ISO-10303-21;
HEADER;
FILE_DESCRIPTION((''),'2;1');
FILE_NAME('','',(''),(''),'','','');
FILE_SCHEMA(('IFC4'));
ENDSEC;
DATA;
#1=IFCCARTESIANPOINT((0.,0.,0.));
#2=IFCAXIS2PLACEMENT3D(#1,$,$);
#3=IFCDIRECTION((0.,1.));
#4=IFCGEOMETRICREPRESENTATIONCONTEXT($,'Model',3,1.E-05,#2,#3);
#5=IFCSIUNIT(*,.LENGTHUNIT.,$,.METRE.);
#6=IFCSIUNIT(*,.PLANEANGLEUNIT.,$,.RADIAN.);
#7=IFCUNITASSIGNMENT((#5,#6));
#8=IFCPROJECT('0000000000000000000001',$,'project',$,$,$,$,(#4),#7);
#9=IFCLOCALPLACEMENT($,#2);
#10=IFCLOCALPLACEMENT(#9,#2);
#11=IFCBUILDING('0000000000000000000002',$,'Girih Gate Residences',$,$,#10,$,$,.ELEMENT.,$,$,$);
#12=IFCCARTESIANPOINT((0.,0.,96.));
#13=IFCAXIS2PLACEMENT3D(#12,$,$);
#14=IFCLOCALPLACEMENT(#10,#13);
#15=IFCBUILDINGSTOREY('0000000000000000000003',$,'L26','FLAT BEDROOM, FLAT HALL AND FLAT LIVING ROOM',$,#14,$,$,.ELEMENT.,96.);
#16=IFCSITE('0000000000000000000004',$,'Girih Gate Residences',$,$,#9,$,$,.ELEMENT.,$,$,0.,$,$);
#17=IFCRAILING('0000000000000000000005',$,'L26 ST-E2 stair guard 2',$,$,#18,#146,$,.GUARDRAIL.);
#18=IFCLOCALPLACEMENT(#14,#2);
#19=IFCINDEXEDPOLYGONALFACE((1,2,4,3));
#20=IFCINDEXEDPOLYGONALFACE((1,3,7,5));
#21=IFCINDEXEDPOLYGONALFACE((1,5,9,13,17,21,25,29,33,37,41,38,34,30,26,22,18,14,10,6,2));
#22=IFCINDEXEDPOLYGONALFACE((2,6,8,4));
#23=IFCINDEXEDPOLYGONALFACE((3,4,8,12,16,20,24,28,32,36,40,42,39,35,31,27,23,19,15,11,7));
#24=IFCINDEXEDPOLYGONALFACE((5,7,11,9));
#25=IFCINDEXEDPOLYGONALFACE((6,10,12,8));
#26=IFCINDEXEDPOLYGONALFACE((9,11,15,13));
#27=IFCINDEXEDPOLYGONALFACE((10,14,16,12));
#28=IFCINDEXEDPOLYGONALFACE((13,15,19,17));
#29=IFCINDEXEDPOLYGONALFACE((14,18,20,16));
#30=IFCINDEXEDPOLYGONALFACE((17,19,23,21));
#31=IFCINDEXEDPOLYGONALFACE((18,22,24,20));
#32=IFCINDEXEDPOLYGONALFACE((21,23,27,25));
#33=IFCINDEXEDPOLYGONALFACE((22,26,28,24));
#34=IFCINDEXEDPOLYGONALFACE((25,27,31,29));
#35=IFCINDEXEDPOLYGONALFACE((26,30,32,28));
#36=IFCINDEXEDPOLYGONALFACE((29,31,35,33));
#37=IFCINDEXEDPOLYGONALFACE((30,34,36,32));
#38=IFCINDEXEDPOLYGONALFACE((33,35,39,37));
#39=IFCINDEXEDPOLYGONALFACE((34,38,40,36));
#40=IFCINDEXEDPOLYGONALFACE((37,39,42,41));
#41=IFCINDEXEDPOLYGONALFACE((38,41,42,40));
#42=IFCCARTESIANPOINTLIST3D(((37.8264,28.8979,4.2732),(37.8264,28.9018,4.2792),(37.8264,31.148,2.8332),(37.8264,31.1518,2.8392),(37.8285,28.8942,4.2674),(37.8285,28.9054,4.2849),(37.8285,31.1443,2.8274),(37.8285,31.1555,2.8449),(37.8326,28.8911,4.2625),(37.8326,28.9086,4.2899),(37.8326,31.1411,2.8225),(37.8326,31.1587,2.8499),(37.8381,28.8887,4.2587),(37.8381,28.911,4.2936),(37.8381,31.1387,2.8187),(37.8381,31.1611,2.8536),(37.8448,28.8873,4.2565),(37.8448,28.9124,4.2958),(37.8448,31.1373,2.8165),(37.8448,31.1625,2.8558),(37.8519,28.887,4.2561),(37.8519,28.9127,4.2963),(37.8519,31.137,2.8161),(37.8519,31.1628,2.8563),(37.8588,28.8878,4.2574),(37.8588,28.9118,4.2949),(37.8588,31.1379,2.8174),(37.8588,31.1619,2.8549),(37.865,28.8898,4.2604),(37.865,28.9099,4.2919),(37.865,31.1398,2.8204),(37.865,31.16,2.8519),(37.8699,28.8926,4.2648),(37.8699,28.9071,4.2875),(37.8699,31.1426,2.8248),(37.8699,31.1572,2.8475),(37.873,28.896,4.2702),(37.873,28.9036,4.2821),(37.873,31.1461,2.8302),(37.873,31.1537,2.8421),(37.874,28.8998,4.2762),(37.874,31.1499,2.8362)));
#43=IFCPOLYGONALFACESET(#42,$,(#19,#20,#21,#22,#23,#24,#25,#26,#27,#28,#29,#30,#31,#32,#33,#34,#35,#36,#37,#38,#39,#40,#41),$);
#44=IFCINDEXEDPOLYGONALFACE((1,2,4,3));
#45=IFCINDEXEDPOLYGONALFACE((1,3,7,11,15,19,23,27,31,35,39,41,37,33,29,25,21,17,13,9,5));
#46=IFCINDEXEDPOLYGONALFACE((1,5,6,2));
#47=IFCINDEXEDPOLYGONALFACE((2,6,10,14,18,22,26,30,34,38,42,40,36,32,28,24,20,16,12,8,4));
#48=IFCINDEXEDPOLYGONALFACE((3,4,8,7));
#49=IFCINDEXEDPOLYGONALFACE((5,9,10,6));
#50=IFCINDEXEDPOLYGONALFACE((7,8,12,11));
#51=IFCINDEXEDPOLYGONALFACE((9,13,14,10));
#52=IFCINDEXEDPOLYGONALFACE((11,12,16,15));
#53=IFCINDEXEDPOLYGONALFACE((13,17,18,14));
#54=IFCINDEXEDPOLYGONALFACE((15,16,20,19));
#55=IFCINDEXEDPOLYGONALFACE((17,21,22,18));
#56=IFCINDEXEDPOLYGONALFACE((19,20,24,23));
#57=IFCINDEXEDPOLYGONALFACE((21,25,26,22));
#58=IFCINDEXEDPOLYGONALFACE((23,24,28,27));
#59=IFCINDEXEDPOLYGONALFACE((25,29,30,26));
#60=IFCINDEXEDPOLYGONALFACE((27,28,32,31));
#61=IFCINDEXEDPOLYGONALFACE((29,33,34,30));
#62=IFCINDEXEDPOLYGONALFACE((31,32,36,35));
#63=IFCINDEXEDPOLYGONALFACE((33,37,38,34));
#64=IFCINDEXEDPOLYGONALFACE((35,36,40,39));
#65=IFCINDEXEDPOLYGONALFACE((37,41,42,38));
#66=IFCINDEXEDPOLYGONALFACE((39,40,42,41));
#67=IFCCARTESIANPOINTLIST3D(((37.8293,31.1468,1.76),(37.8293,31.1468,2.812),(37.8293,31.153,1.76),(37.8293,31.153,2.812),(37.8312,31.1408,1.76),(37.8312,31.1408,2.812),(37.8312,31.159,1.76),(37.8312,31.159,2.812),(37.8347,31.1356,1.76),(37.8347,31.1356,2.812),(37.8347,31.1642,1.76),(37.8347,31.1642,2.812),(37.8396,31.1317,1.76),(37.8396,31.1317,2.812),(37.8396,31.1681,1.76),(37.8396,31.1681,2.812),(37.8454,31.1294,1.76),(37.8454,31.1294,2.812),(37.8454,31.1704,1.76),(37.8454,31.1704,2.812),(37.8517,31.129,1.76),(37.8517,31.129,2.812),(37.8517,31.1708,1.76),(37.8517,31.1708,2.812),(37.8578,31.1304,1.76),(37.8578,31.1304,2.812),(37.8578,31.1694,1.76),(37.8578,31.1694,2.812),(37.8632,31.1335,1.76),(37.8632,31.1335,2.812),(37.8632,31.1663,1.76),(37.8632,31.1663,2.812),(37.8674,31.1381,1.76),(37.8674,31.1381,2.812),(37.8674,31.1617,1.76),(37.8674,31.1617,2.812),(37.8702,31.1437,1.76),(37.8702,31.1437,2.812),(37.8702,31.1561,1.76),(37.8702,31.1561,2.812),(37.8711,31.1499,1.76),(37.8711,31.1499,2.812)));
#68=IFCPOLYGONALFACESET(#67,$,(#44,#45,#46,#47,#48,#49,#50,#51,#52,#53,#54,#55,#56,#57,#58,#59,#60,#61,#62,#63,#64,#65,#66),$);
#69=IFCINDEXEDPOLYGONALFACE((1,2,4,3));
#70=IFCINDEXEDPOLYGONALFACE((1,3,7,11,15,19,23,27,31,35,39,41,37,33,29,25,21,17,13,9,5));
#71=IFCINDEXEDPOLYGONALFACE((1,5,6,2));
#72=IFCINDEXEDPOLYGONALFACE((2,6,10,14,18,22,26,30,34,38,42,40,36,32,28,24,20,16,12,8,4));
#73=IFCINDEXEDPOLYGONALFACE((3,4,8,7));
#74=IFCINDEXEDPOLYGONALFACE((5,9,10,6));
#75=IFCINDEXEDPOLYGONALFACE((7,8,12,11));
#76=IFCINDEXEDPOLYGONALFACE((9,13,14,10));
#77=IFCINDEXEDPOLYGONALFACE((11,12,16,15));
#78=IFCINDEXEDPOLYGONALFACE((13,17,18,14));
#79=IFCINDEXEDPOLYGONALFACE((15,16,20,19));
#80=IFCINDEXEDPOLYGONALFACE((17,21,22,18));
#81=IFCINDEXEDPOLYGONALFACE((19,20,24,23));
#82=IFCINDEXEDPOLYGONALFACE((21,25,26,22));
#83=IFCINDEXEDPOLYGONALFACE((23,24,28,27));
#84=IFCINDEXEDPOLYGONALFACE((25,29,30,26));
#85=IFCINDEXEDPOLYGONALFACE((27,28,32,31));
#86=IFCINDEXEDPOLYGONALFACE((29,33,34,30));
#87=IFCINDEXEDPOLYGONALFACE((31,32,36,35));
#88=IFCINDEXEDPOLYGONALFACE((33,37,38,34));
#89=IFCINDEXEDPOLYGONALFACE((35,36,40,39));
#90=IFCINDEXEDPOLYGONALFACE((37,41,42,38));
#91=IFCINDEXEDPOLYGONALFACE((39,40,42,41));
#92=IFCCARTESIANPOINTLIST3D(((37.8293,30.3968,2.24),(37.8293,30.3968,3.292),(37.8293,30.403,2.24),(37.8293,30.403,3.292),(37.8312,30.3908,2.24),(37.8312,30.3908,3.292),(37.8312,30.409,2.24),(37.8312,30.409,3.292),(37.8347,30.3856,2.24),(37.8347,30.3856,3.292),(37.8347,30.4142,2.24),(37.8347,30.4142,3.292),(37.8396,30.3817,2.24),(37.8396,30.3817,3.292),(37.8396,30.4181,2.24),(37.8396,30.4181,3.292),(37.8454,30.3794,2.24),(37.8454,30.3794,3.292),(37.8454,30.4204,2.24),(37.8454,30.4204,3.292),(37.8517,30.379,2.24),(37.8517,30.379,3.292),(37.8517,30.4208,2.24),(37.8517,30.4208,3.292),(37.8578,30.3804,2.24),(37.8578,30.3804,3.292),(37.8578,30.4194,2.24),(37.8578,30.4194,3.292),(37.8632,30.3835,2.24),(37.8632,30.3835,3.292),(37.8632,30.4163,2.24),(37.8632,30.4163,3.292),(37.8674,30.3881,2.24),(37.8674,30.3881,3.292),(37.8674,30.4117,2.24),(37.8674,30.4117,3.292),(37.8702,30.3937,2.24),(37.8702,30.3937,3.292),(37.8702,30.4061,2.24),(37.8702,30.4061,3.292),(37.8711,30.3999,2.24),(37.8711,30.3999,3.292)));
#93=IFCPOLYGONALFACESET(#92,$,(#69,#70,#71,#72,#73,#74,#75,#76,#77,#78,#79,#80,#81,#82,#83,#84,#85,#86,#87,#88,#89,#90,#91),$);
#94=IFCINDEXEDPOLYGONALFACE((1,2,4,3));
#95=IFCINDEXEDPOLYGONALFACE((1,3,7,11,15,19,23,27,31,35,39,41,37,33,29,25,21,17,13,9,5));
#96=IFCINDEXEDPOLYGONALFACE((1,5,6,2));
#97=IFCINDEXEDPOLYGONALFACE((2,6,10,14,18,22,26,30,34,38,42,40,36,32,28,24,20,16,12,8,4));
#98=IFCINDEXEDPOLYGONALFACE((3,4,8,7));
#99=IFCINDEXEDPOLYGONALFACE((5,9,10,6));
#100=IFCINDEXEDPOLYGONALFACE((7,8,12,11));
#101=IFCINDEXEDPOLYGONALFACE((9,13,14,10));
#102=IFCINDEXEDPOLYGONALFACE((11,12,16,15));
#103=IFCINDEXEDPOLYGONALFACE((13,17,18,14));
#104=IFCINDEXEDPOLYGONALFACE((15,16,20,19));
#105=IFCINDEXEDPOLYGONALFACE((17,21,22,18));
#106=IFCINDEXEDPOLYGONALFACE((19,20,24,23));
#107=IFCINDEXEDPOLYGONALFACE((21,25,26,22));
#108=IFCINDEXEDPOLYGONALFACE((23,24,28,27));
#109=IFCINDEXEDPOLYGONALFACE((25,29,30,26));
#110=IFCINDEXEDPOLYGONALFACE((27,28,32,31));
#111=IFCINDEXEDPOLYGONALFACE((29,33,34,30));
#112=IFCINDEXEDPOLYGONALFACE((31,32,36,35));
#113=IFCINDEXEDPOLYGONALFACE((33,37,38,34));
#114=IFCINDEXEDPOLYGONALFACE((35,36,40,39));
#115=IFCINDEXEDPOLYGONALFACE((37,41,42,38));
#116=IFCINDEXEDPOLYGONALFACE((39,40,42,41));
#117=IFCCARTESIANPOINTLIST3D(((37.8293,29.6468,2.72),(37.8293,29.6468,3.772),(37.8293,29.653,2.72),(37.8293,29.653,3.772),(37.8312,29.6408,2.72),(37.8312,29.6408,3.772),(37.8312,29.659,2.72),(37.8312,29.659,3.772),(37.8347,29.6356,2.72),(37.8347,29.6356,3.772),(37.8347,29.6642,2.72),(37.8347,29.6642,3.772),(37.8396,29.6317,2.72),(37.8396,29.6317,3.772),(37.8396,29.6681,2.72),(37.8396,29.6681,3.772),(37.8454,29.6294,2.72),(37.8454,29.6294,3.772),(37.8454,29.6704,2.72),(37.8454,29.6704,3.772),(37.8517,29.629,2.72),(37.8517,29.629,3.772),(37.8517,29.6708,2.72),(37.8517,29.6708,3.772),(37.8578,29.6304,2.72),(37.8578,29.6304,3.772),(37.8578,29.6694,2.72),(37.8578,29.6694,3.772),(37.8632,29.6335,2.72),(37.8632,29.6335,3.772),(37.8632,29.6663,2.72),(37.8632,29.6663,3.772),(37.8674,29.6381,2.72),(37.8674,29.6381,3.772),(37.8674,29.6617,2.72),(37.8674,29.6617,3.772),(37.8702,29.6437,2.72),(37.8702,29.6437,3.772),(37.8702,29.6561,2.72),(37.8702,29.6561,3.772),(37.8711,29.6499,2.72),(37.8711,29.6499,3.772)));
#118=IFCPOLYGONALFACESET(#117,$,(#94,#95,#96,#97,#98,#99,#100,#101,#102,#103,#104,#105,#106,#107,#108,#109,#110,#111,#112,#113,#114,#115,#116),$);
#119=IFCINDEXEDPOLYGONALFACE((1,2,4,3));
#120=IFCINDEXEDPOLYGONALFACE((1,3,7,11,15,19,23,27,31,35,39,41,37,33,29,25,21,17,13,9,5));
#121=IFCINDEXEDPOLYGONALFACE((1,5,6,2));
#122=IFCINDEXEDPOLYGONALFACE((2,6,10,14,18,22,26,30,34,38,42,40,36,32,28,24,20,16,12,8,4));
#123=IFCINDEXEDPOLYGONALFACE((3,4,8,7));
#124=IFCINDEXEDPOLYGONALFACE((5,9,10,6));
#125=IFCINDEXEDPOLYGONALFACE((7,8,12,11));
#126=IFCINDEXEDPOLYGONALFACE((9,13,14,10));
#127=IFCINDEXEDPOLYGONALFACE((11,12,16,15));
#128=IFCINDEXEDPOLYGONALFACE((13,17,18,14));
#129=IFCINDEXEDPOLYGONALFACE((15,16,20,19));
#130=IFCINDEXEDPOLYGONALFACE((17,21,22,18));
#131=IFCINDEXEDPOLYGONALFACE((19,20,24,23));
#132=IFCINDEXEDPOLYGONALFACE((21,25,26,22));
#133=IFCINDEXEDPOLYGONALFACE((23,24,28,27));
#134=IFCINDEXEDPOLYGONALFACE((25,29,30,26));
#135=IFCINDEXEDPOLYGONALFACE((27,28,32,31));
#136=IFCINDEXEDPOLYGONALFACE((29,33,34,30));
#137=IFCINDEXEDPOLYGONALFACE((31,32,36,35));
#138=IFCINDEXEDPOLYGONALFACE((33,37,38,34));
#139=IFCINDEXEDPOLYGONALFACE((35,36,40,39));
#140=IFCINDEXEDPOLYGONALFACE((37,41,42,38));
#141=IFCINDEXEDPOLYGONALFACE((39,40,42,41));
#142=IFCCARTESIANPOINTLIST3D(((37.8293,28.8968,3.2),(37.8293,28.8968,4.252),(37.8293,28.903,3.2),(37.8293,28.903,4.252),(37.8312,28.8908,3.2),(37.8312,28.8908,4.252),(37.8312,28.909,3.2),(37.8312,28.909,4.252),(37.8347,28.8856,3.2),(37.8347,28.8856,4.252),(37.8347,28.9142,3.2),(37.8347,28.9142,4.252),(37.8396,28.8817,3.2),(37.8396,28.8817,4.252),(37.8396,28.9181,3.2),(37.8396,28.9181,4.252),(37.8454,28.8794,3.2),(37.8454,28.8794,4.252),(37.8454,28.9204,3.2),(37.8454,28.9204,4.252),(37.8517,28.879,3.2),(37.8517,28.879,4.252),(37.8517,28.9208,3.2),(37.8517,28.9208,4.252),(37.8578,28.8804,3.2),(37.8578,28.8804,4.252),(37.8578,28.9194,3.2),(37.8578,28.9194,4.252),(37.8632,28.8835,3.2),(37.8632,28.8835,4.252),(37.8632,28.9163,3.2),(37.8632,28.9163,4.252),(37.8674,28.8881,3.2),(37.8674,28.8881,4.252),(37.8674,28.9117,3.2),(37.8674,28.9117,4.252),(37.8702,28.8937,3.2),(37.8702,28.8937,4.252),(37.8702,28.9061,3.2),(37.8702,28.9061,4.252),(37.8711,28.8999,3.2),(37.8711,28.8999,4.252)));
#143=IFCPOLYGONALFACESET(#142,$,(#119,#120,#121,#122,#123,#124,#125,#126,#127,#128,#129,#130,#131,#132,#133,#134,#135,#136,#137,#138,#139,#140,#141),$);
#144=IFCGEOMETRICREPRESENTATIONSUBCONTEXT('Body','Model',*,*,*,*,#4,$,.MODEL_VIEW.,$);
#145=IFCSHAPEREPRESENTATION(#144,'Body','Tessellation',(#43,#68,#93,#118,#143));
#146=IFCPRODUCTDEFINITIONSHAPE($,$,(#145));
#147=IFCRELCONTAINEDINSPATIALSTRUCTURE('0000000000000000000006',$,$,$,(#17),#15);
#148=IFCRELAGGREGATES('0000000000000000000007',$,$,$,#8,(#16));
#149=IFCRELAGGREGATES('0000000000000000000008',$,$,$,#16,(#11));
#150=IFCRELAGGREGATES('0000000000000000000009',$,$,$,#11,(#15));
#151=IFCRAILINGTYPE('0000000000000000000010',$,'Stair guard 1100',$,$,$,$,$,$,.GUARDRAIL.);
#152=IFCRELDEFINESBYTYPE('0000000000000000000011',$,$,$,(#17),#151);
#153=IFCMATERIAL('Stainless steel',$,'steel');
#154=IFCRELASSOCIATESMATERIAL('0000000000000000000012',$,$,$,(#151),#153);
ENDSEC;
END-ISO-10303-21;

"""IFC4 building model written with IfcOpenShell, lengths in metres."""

from ifc_helpers import new_model, si_unit, direction, frame, origin, origin_2d, place, context, subcontext, project, spatial, circle, extrude, material, type_object, element, save


model = new_model("IFC4")

# Units and contexts
model_context = context("Model", 3, precision=1e-05, world=origin(), true_north=direction((0.0, 1.0)))
body_context = subcontext(model_context, "Body", "Model", "MODEL_VIEW")
ifc_project = project(units=[si_unit("LENGTHUNIT", "METRE"), si_unit("PLANEANGLEUNIT", "RADIAN")], contexts=[model_context])

# Site, building, storey
site_placement = place(None, origin())
site = spatial("IfcSite", under=ifc_project, at=site_placement, Name="Girih Gate Residences", CompositionType="ELEMENT", RefElevation=0.0)
building_placement = place(site_placement, origin())
building = spatial("IfcBuilding", under=site, at=building_placement, Name="Girih Gate Residences", CompositionType="ELEMENT")
storey_placement = place(building_placement, frame((0.0, 0.0, 96.0)))
storey = spatial("IfcBuildingStorey", under=building, at=storey_placement, Name="L26", Description="FLAT BEDROOM, FLAT HALL AND FLAT LIVING ROOM", CompositionType="ELEMENT", Elevation=96.0)

# Shared definitions
ifc_material_1 = material(Name="Stainless steel", Category="steel")

# Railing
railing_type_1 = type_object("IfcRailingType", Name="Stair guard 1100", PredefinedType="GUARDRAIL", material=ifc_material_1)
railing_1_placement = place(storey_placement, frame((37.8501, 31.1499, 1.76)))
element("IfcRailing", 1, at=railing_1_placement, inside=storey, type_object=railing_type_1, Name="L26 ST-E2 stair guard 2", PredefinedType="GUARDRAIL", context=body_context, shape_type="SweptSolid", body=[
    extrude(circle(Radius=0.0239, at=origin_2d()), frame((0.0, 0.0, 1.0762), z_axis=(0.0, -0.842281, 0.539038), x_axis=(1.0, 0.0, 0.0)), (0.0, 0.0, 1.0), 2.6714),
    extrude(circle(Radius=0.021, at=origin_2d()), origin(), (0.0, 0.0, 1.0), 1.052),
    extrude(circle(Radius=0.021, at=origin_2d()), frame((0.0, -0.75, 0.48)), (0.0, 0.0, 1.0), 1.052),
    extrude(circle(Radius=0.021, at=origin_2d()), frame((0.0, -1.5, 0.96)), (0.0, 0.0, 1.0), 1.052),
    extrude(circle(Radius=0.021, at=origin_2d()), frame((0.0, -2.25, 1.4399)), (0.0, 0.0, 1.0), 1.052),
])

save(model, "model.ifc")
